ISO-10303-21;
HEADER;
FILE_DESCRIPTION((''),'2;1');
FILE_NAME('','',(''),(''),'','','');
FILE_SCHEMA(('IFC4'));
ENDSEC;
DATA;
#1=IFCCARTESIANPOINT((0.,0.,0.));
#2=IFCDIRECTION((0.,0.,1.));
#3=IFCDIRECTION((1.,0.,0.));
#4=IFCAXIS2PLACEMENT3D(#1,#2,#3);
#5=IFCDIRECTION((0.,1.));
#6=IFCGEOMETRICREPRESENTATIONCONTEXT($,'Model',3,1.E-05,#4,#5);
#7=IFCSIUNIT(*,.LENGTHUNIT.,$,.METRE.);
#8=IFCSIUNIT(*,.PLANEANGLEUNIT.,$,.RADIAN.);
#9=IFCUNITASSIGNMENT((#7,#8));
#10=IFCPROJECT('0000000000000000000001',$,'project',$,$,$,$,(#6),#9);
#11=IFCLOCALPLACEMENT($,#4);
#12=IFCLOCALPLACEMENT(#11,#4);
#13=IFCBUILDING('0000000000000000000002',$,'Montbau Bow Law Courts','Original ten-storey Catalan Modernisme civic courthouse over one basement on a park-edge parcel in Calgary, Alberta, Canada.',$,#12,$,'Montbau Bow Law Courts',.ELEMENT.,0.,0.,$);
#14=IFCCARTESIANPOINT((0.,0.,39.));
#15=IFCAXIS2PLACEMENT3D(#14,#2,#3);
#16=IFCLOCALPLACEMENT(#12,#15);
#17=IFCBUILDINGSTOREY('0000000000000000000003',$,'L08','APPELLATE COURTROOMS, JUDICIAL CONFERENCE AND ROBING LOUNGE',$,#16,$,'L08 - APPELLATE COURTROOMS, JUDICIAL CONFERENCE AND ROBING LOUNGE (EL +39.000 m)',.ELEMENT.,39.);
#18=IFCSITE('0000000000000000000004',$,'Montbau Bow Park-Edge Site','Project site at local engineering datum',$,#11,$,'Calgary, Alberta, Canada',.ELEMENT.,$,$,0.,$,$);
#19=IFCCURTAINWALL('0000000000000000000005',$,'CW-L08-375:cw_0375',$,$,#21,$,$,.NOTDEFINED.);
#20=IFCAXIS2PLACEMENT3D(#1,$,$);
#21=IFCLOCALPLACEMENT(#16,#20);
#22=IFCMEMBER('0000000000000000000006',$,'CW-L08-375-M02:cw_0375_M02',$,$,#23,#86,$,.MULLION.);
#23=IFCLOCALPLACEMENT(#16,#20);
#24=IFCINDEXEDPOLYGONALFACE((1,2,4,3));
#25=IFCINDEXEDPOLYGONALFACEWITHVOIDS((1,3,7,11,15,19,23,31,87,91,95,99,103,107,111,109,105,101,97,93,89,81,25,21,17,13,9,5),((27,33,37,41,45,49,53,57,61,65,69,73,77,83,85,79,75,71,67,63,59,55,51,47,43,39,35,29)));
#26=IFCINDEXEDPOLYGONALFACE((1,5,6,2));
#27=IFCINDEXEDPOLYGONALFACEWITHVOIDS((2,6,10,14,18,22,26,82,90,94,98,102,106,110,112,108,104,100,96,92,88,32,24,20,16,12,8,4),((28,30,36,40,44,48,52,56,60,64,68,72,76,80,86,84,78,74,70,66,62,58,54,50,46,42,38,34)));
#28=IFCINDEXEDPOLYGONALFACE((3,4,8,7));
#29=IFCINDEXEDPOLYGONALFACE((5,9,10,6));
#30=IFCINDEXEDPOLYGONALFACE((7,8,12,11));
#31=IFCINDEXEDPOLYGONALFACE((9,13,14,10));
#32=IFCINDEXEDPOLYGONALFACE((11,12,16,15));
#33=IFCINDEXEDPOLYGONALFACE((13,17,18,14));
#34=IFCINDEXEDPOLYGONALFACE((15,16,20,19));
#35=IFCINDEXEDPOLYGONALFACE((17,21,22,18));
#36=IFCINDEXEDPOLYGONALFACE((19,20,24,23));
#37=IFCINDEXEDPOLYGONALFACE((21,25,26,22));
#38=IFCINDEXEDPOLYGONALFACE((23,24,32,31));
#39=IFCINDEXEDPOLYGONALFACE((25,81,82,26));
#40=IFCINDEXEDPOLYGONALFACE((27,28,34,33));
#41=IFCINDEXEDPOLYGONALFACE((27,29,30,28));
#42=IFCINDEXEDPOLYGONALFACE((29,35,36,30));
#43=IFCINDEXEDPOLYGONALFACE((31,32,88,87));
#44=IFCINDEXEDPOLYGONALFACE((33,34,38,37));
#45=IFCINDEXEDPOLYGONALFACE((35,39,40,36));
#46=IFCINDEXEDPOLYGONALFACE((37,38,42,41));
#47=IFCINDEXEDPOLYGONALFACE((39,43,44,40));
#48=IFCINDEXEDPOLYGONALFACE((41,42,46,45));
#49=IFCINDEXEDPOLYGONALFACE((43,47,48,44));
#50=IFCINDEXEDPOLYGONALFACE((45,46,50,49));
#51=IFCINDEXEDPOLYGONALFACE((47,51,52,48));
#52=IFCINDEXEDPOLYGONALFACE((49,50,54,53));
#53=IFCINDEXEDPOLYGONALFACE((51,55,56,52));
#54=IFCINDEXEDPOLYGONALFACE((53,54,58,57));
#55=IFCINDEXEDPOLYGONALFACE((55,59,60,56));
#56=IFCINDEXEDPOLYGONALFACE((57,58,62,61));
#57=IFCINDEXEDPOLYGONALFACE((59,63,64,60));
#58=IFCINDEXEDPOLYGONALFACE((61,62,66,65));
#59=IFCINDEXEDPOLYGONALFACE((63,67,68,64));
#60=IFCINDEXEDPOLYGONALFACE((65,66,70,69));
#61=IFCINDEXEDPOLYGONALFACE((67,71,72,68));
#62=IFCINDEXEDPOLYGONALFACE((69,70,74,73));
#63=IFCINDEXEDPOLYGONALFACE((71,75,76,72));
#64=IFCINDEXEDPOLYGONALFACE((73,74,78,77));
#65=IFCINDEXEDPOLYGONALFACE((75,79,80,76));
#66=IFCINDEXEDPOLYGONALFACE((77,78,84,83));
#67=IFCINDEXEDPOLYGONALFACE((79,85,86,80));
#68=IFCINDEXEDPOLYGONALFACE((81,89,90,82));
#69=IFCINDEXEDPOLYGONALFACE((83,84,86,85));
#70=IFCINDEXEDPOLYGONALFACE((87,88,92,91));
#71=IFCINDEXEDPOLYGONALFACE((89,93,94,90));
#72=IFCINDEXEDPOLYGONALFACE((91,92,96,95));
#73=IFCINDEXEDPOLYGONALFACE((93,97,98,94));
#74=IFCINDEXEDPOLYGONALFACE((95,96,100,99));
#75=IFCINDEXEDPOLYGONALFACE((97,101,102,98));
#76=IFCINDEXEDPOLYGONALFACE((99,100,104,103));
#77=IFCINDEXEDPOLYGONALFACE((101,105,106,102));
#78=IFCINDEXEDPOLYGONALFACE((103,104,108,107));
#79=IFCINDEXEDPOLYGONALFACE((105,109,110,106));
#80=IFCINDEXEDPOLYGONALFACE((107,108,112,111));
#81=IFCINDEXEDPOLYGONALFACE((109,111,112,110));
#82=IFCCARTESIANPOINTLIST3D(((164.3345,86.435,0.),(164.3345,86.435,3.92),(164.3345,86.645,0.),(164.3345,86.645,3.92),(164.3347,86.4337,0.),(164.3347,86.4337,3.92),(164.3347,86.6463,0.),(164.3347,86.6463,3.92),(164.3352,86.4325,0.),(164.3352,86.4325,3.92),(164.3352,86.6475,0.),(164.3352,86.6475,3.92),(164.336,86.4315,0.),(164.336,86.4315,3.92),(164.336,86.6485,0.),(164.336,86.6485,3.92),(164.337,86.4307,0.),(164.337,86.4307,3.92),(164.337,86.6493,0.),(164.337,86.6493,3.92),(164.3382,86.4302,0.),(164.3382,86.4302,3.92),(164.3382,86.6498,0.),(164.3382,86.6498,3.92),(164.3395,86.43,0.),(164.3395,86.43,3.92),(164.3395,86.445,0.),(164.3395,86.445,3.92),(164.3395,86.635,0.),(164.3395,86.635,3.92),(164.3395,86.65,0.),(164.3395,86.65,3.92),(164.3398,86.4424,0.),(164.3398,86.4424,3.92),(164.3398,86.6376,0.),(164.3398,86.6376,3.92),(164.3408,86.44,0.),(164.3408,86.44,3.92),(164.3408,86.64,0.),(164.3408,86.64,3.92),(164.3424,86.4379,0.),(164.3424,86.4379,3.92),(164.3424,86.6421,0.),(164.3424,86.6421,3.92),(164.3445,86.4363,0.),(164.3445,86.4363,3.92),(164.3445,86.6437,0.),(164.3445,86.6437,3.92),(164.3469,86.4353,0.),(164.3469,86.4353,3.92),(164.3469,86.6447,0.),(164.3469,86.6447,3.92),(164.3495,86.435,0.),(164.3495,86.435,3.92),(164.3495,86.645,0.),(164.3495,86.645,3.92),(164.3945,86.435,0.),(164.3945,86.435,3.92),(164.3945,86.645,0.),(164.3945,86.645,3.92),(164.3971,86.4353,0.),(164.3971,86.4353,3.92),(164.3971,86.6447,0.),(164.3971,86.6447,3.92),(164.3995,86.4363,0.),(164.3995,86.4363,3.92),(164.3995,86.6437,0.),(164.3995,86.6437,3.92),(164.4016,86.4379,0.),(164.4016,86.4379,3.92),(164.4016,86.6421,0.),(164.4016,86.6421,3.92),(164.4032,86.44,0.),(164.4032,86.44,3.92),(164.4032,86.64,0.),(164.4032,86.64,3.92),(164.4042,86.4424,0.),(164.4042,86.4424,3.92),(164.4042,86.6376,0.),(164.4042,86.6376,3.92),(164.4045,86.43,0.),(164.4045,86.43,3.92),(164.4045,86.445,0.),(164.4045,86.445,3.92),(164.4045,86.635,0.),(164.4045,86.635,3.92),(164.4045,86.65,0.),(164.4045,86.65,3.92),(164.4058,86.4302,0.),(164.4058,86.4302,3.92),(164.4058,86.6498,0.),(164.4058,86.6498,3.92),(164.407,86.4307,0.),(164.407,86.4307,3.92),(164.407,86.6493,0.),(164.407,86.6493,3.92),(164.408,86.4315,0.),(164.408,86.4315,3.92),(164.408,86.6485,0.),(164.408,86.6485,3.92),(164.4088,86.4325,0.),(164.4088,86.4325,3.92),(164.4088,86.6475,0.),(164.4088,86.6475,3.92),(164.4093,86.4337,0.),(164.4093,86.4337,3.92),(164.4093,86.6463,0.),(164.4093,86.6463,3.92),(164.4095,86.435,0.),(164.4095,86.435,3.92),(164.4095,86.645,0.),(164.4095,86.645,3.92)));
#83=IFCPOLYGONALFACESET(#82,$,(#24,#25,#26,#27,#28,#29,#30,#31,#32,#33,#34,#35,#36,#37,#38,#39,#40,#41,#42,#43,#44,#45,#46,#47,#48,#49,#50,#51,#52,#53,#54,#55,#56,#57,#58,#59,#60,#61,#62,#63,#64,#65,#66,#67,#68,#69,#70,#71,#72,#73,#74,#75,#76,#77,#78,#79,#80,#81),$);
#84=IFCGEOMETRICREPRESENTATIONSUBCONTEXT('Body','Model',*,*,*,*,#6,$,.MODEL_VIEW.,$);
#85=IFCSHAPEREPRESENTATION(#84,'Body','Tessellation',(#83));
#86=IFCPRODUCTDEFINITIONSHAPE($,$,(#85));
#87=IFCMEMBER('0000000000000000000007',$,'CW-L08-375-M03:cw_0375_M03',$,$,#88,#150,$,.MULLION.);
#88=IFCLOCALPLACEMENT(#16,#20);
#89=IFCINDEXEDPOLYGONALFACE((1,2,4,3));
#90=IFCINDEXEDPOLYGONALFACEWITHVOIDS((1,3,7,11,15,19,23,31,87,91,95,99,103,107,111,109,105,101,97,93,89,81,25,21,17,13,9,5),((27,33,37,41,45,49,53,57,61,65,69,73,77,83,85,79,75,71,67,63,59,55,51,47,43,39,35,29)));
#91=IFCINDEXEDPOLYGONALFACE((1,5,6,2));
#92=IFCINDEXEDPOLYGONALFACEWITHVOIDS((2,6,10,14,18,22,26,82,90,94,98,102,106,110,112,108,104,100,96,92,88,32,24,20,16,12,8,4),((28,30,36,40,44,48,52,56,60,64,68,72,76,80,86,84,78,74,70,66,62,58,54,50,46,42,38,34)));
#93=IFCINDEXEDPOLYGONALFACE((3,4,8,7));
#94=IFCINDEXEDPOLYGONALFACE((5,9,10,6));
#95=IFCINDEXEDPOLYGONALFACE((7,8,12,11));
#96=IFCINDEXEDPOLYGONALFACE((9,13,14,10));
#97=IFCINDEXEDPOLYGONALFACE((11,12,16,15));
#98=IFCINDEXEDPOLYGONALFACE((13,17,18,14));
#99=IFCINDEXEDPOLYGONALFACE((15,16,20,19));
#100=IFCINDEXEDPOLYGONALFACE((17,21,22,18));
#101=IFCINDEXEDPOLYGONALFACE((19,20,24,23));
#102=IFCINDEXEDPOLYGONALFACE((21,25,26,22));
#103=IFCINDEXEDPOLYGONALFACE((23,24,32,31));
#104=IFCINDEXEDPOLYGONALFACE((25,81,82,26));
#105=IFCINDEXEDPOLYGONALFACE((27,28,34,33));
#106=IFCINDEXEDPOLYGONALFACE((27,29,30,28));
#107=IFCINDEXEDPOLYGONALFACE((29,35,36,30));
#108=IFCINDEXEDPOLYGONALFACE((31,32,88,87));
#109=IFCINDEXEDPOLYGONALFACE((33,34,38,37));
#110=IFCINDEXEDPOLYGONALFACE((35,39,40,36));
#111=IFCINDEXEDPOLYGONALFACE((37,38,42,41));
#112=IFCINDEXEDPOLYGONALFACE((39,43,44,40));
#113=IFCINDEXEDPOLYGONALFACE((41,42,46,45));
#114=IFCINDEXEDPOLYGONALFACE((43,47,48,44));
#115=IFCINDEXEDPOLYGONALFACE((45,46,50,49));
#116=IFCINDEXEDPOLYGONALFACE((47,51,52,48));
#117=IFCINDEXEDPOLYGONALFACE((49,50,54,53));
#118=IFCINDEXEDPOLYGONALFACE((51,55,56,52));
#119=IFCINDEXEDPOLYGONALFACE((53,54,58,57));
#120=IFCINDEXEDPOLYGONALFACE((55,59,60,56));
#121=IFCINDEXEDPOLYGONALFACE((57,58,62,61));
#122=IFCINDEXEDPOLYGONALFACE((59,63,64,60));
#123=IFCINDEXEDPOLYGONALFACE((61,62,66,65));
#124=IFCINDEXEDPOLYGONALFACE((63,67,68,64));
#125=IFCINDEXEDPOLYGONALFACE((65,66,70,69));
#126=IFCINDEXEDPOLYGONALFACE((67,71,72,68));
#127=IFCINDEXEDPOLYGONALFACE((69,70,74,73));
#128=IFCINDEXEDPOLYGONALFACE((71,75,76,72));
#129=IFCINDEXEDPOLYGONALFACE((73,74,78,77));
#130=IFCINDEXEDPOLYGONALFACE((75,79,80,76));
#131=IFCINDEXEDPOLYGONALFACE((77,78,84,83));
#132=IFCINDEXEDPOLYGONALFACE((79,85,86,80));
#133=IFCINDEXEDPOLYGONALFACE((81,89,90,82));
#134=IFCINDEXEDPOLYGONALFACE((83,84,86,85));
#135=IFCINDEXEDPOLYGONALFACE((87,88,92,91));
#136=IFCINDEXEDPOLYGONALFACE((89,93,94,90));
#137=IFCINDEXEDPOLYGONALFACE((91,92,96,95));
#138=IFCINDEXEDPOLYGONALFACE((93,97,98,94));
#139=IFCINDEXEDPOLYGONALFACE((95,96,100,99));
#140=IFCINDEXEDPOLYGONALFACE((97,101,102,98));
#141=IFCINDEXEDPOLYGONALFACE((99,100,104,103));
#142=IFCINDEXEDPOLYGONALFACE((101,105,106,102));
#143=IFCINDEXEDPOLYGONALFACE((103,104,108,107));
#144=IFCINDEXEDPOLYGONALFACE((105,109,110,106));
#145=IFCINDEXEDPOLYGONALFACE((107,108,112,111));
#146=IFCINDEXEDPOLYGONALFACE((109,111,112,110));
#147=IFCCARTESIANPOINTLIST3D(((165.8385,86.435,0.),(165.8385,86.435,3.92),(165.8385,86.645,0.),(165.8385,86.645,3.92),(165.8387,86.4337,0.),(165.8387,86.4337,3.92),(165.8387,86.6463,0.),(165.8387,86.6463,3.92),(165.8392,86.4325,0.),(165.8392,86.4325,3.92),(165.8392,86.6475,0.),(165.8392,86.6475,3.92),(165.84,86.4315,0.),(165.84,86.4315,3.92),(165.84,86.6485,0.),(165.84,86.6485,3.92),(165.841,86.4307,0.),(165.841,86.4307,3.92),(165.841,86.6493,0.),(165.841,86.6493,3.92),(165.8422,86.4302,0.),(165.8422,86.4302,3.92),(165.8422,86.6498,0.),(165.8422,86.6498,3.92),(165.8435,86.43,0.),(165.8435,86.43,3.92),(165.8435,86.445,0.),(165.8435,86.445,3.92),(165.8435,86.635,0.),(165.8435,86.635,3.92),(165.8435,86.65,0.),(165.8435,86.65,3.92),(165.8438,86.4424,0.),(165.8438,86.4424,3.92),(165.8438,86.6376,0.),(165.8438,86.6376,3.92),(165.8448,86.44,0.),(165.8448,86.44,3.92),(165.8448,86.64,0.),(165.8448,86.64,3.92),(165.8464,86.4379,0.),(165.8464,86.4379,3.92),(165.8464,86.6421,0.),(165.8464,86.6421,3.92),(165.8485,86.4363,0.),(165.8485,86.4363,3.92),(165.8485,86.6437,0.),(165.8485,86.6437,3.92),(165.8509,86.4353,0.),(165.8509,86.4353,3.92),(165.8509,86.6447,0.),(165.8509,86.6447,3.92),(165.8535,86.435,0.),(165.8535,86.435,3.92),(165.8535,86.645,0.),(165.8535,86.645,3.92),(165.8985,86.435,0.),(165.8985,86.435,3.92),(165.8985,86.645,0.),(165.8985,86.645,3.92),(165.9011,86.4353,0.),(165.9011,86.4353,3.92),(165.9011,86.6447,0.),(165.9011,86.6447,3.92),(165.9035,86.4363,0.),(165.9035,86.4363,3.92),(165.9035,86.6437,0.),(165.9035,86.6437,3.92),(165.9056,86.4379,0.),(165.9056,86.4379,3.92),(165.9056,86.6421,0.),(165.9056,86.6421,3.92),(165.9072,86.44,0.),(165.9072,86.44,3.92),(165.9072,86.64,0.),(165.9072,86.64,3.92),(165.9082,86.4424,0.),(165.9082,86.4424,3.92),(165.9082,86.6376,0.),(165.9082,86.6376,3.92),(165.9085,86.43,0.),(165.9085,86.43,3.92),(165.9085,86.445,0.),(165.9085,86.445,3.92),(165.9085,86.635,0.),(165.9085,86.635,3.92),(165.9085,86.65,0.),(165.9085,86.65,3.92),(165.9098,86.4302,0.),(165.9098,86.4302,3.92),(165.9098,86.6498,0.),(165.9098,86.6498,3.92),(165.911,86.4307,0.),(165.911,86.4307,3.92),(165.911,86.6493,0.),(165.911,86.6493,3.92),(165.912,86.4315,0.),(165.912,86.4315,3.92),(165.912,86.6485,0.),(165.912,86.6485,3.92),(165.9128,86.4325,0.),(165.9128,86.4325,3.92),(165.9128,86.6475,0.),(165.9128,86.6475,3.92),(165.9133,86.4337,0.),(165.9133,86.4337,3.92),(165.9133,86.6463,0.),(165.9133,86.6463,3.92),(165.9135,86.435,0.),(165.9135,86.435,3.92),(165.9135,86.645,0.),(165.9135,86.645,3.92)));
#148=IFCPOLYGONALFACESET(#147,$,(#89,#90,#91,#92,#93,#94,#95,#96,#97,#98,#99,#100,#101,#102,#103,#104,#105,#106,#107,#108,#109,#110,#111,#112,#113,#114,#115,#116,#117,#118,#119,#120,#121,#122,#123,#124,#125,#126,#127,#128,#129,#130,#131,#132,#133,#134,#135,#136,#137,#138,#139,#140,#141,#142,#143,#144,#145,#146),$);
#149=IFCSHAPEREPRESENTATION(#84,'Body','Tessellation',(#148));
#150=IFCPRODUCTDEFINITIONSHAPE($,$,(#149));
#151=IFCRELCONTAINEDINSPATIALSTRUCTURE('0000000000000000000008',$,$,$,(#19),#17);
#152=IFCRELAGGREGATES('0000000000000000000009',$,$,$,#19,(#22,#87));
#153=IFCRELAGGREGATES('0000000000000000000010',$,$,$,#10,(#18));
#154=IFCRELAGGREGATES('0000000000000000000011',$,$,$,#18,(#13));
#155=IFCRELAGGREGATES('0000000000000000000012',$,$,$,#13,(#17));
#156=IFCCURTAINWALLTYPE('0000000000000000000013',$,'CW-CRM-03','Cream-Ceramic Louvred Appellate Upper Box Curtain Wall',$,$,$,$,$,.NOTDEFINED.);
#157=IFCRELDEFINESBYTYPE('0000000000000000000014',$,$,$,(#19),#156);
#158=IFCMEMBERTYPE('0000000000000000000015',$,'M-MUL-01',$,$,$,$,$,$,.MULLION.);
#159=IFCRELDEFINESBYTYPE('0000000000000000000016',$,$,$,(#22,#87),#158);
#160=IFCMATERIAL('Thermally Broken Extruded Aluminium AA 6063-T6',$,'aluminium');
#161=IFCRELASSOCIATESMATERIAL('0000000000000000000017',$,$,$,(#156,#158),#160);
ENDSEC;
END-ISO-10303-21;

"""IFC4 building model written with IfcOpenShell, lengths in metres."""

from ifc_helpers import new_model, si_unit, direction, frame, origin_with_axes, origin_2d_with_axis, place, context, subcontext, project, spatial, hollow_rectangle, extrude, material, material_profile, profile_set, type_object, element, aggregate, save


model = new_model("IFC4")

# Units and contexts
model_context = context("Model", 3, precision=1e-05, world=origin_with_axes(), true_north=direction((0.0, 1.0)))
body_context = subcontext(model_context, "Body", "Model", "MODEL_VIEW")
ifc_project = project(units=[si_unit("LENGTHUNIT", "METRE"), si_unit("PLANEANGLEUNIT", "RADIAN")], contexts=[model_context])

# Site, building, storey
site_placement = place(None, origin_with_axes())
site = spatial("IfcSite", under=ifc_project, at=site_placement, Name="Montbau Bow Park-Edge Site", Description="Project site at local engineering datum", LongName="Calgary, Alberta, Canada", CompositionType="ELEMENT", RefElevation=0.0)
building_placement = place(site_placement, origin_with_axes())
building = spatial("IfcBuilding", under=site, at=building_placement, Name="Montbau Bow Law Courts", Description="Original ten-storey Catalan Modernisme civic courthouse over one basement on a park-edge parcel in Calgary, Alberta, Canada.", LongName="Montbau Bow Law Courts", CompositionType="ELEMENT", ElevationOfRefHeight=0.0, ElevationOfTerrain=0.0)
storey_placement = place(building_placement, frame((0.0, 0.0, 39.0), z_axis=(0.0, 0.0, 1.0), x_axis=(1.0, 0.0, 0.0)))
storey = spatial("IfcBuildingStorey", under=building, at=storey_placement, Name="L08", Description="APPELLATE COURTROOMS, JUDICIAL CONFERENCE AND ROBING LOUNGE", LongName="L08 - APPELLATE COURTROOMS, JUDICIAL CONFERENCE AND ROBING LOUNGE (EL +39.000 m)", CompositionType="ELEMENT", Elevation=39.0)

# Curtain wall, members
ifc_material_1 = material(Name="Thermally Broken Extruded Aluminium AA 6063-T6", Category="aluminium")
curtain_wall_type = type_object("IfcCurtainWallType", Name="CW-CRM-03", Description="Cream-Ceramic Louvred Appellate Upper Box Curtain Wall", PredefinedType="NOTDEFINED", material=ifc_material_1)
curtain_wall_1_placement = place(None, frame((162.868, 86.54, 39.0), z_axis=(0.0, 0.0, 1.0), x_axis=(1.0, 0.0, 0.0)))
curtain_wall_1 = element("IfcCurtainWall", 1, at=curtain_wall_1_placement, inside=storey, type_object=curtain_wall_type, Name="CW-L08-375:cw_0375", PredefinedType="NOTDEFINED")
ifc_material_profile_1 = material_profile(ifc_material_1, hollow_rectangle(XDim=0.075, YDim=0.22, WallThickness=0.005, InnerFilletRadius=0.01, OuterFilletRadius=0.005, at=origin_2d_with_axis()), Name="CWM-220X75", Category="Main", Priority=0)
ifc_profile_set_1 = profile_set([ifc_material_profile_1], Name="Thermally Broken Extruded Aluminium AA 6063-T6")
member_type_1 = type_object("IfcMemberType", Name="M-MUL-01", PredefinedType="MULLION", material=ifc_profile_set_1)
member_1_placement = place(None, frame((164.372, 86.54, 39.0), z_axis=(0.0, 0.0, 1.0), x_axis=(1.0, 0.0, 0.0)))
member_1 = element("IfcMember", 2, at=member_1_placement, type_object=member_type_1, Name="CW-L08-375-M02:cw_0375_M02", PredefinedType="MULLION", context=body_context, shape_type="SweptSolid", body=[
    extrude(hollow_rectangle(XDim=0.075, YDim=0.22, WallThickness=0.005, InnerFilletRadius=0.01, OuterFilletRadius=0.005, at=origin_2d_with_axis()), origin_with_axes(), (0.0, 0.0, 1.0), 3.92),
])
member_2_placement = place(None, frame((165.876, 86.54, 39.0), z_axis=(0.0, 0.0, 1.0), x_axis=(1.0, 0.0, 0.0)))
member_2 = element("IfcMember", 3, at=member_2_placement, type_object=member_type_1, Name="CW-L08-375-M03:cw_0375_M03", PredefinedType="MULLION", context=body_context, shape_type="SweptSolid", body=[
    extrude(hollow_rectangle(XDim=0.075, YDim=0.22, WallThickness=0.005, InnerFilletRadius=0.01, OuterFilletRadius=0.005, at=origin_2d_with_axis()), origin_with_axes(), (0.0, 0.0, 1.0), 3.92),
])

aggregate(curtain_wall_1, [member_1, member_2])

save(model, "model.ifc")
